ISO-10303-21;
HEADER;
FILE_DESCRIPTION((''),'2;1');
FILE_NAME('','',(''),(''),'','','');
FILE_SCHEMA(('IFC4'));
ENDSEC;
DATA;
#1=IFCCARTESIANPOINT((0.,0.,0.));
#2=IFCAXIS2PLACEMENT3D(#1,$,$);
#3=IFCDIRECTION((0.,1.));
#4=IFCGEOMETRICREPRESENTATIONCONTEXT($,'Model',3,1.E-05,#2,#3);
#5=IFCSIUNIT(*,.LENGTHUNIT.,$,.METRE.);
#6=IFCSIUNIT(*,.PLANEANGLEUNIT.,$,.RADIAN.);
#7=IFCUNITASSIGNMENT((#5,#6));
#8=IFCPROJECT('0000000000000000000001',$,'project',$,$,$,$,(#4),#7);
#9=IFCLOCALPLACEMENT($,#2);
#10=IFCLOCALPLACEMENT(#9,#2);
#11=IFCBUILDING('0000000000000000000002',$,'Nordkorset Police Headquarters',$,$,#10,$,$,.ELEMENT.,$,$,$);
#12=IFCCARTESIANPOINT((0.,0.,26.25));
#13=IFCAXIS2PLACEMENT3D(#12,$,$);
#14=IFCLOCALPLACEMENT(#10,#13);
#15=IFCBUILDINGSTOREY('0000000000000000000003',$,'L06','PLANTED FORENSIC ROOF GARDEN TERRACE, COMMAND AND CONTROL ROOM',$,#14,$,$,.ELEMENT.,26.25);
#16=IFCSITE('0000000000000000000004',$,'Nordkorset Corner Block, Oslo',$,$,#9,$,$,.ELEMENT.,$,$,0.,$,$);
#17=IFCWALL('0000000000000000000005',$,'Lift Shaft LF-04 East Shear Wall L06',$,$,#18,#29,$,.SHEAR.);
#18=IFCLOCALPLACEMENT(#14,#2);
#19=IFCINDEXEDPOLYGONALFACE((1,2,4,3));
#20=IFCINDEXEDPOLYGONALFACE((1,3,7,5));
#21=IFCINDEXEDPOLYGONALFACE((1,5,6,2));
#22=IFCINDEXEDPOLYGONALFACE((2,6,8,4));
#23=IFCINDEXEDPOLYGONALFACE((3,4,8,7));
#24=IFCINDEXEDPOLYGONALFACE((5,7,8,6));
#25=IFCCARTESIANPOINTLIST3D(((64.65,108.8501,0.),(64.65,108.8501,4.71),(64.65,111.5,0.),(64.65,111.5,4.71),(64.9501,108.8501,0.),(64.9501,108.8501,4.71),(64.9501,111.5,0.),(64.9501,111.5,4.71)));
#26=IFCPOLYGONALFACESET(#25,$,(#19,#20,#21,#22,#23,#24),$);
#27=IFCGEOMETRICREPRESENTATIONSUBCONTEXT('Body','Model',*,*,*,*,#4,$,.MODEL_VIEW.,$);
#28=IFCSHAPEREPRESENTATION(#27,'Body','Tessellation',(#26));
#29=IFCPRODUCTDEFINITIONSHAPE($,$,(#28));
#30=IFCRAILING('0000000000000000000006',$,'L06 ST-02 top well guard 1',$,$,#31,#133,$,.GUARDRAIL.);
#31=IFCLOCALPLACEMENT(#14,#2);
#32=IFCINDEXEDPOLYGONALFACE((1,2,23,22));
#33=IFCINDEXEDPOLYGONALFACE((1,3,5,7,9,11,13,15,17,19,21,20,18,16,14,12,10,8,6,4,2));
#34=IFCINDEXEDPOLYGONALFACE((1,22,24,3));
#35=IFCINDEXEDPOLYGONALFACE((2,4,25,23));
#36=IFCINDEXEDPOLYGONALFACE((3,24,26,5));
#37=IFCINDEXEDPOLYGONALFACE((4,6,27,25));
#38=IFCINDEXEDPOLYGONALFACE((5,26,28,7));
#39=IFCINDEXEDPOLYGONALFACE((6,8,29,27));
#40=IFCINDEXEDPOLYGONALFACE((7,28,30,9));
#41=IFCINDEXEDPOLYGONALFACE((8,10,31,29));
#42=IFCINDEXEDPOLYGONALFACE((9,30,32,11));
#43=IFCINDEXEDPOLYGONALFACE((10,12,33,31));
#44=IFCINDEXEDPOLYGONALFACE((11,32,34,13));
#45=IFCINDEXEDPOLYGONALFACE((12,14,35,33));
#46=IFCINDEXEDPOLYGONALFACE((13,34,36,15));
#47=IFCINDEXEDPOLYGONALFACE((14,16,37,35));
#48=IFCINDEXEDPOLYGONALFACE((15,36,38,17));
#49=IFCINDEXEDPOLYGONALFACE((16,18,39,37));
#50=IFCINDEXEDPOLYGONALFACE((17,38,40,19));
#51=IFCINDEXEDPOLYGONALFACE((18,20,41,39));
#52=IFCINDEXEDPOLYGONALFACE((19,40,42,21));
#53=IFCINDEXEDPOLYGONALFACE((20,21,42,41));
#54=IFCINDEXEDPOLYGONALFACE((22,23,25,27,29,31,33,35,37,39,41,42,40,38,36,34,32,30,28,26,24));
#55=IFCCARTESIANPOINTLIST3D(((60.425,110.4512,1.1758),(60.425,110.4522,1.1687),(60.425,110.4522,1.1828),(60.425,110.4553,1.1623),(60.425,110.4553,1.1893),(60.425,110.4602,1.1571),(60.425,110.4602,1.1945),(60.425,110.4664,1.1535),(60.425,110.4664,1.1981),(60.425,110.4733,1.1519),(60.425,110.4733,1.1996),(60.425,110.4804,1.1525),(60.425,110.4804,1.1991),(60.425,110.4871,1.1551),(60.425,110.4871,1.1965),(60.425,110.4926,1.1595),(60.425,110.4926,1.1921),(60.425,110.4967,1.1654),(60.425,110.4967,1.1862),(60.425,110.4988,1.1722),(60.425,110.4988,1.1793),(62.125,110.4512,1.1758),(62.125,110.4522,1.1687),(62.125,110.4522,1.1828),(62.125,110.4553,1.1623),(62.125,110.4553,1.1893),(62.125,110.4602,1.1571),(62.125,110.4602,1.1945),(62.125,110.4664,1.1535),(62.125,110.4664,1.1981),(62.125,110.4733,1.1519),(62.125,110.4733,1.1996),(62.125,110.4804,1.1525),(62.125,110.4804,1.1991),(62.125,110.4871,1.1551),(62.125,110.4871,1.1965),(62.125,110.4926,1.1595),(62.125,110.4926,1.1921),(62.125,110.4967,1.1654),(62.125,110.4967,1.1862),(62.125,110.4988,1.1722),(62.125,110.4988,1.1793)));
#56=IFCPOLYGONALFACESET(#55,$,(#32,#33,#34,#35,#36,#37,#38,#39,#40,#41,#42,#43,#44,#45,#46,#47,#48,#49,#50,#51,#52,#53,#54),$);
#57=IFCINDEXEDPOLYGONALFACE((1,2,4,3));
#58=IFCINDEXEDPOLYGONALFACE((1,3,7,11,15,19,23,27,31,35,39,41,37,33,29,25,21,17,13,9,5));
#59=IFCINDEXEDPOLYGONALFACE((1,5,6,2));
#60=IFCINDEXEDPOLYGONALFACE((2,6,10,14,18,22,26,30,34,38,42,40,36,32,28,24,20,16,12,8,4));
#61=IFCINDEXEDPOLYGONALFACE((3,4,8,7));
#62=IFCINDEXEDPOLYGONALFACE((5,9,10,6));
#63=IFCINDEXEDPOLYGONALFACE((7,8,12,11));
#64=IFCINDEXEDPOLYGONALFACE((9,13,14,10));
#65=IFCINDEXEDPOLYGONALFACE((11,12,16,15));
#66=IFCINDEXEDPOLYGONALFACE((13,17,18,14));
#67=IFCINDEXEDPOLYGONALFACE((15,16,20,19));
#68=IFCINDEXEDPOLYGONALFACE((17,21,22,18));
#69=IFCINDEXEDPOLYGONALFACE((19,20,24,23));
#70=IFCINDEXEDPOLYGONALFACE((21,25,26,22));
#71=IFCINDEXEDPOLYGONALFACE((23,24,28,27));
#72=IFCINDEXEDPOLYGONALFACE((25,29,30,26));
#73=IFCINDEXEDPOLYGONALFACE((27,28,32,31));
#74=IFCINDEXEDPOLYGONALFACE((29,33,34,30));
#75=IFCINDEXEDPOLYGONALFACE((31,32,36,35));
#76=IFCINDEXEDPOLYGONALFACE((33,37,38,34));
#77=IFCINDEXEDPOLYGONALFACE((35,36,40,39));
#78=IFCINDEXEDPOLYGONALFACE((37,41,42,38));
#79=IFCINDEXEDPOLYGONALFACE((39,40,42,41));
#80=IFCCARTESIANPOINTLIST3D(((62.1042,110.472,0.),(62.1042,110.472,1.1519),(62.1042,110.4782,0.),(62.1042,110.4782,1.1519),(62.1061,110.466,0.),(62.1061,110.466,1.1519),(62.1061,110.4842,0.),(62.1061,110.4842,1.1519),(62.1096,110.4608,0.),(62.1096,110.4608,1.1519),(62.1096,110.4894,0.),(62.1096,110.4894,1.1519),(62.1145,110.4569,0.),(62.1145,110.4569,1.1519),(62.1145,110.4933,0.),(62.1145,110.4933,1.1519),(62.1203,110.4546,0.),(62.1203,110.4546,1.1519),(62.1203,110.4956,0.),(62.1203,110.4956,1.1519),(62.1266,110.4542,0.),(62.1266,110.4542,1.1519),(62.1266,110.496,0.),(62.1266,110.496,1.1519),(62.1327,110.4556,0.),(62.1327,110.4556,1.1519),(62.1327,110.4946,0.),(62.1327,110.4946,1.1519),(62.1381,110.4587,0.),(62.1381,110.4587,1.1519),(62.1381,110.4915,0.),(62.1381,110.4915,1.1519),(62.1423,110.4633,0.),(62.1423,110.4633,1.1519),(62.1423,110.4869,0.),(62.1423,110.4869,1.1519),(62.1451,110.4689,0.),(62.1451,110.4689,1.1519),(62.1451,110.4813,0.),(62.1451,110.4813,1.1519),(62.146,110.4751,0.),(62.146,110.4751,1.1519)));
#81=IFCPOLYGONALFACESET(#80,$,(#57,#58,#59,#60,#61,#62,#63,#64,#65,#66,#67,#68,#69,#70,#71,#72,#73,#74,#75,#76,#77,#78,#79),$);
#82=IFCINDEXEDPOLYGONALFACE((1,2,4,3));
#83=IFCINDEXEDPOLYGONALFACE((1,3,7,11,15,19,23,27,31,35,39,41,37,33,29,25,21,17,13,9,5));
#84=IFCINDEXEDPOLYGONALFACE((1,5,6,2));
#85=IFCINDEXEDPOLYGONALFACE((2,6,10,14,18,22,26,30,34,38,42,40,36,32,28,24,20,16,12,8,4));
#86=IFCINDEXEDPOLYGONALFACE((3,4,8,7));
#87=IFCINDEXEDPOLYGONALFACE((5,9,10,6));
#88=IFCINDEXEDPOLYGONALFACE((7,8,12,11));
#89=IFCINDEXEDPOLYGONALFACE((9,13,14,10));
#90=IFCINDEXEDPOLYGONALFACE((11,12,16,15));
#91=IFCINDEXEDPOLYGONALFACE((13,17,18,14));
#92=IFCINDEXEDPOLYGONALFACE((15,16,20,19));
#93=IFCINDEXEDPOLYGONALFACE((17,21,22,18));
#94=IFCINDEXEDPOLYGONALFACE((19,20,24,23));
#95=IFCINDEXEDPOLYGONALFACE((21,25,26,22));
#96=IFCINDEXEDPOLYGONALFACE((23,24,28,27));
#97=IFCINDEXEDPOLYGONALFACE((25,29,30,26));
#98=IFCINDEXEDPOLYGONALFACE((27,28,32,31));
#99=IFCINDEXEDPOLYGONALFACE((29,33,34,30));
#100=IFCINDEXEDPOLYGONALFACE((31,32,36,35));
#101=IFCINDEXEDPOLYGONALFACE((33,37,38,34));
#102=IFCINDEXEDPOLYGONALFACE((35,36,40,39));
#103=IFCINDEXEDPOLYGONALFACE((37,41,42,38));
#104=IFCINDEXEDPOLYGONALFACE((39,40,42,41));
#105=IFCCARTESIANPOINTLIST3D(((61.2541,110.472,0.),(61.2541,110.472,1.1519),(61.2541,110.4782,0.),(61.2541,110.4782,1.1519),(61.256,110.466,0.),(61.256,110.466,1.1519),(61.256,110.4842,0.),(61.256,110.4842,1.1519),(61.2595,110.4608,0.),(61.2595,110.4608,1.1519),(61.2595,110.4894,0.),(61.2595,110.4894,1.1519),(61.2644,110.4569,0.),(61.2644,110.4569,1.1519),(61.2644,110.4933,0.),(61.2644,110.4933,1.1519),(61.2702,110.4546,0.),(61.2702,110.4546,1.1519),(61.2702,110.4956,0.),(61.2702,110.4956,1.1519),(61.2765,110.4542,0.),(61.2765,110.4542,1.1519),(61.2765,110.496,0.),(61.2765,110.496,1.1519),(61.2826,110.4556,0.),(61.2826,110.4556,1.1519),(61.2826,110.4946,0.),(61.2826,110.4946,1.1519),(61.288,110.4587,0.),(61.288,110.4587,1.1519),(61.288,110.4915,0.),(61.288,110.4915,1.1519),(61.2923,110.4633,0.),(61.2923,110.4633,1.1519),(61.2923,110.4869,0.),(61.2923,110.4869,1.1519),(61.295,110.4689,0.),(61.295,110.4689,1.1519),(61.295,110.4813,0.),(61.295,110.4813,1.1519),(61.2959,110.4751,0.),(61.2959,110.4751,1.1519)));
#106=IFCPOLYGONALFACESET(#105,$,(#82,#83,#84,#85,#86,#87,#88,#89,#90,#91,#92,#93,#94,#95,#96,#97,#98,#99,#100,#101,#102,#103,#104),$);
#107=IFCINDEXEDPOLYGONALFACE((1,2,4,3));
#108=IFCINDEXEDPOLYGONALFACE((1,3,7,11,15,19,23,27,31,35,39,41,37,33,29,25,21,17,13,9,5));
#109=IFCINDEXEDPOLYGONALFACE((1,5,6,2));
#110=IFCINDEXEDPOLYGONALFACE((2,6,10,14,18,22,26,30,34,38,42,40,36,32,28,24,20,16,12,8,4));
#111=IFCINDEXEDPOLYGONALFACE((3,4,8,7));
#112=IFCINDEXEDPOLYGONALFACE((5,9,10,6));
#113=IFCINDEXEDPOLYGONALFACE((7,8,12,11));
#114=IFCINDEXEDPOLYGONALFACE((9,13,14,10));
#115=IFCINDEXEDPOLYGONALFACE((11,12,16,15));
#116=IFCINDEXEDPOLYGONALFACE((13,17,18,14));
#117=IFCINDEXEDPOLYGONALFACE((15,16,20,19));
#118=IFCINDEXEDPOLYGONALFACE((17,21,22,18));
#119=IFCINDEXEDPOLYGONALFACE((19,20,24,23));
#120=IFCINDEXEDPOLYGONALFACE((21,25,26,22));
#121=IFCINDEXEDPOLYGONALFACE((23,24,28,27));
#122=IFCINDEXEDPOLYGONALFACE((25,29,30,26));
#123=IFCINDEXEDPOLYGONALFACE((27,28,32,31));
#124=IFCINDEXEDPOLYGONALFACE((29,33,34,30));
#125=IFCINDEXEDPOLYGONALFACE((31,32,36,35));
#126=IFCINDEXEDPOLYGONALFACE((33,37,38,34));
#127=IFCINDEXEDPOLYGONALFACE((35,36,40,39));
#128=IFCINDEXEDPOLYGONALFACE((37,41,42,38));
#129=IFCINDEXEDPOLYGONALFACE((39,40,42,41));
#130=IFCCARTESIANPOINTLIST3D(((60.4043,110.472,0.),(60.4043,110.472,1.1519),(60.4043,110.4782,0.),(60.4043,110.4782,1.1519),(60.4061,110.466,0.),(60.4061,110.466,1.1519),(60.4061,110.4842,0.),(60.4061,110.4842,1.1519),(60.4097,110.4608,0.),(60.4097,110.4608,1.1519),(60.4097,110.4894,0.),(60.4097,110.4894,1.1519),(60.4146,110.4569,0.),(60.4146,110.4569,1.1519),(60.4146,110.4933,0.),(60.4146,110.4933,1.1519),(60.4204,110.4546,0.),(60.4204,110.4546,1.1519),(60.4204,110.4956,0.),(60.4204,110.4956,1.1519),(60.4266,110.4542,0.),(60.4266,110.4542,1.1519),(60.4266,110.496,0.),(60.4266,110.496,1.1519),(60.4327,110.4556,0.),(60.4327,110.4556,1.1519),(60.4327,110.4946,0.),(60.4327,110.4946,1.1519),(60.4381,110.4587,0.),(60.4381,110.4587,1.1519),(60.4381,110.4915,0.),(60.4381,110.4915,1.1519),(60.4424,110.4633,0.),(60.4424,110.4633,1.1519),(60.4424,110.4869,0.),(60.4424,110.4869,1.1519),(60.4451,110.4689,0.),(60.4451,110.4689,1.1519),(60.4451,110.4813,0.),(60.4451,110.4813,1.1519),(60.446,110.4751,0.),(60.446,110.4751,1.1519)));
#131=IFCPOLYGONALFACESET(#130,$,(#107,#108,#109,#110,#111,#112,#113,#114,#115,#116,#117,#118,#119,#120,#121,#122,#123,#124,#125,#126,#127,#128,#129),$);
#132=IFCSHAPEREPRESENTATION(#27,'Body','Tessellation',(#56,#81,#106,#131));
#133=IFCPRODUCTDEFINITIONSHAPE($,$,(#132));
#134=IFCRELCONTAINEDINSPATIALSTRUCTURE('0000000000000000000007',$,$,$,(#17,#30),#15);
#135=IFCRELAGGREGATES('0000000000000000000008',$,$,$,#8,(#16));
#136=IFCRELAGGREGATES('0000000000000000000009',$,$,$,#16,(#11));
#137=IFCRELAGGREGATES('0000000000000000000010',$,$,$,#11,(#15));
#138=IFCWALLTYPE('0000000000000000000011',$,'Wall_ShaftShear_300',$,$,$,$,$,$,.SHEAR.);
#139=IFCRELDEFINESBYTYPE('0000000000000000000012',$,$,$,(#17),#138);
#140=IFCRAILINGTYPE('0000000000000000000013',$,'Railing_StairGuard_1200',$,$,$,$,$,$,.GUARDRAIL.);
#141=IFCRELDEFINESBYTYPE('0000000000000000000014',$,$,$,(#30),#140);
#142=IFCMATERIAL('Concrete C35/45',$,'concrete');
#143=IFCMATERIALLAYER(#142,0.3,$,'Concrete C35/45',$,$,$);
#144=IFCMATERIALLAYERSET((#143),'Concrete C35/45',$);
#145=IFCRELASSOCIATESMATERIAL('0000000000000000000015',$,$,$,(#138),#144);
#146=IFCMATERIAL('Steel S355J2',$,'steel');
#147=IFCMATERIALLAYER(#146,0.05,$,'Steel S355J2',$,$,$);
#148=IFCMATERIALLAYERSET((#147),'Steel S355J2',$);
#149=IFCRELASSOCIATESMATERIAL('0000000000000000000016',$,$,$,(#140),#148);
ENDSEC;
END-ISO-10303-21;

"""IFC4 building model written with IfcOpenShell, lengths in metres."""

from ifc_helpers import new_model, si_unit, direction, frame, frame_2d, origin, origin_2d, place, context, subcontext, project, spatial, rectangle, circle, extrude, material, layer, layer_set, type_object, element, save


model = new_model("IFC4")

# Units and contexts
model_context = context("Model", 3, precision=1e-05, world=origin(), true_north=direction((0.0, 1.0)))
body_context = subcontext(model_context, "Body", "Model", "MODEL_VIEW")
ifc_project = project(units=[si_unit("LENGTHUNIT", "METRE"), si_unit("PLANEANGLEUNIT", "RADIAN")], contexts=[model_context])

# Site, building, storey
site_placement = place(None, origin())
site = spatial("IfcSite", under=ifc_project, at=site_placement, Name="Nordkorset Corner Block, Oslo", CompositionType="ELEMENT", RefElevation=0.0)
building_placement = place(site_placement, origin())
building = spatial("IfcBuilding", under=site, at=building_placement, Name="Nordkorset Police Headquarters", CompositionType="ELEMENT")
storey_placement = place(building_placement, frame((0.0, 0.0, 26.25)))
storey = spatial("IfcBuildingStorey", under=building, at=storey_placement, Name="L06", Description="PLANTED FORENSIC ROOF GARDEN TERRACE, COMMAND AND CONTROL ROOM", CompositionType="ELEMENT", Elevation=26.25)

# Shared definitions
ifc_material_1 = material(Name="Concrete C35/45", Category="concrete")
ifc_layer_1 = layer(ifc_material_1, 0.3, Name="Concrete C35/45")
ifc_layer_set_1 = layer_set([ifc_layer_1], Name="Concrete C35/45")
wall_type_1 = type_object("IfcWallType", Name="Wall_ShaftShear_300", PredefinedType="SHEAR", material=ifc_layer_set_1)

# Wall
wall_1_placement = place(storey_placement, frame((64.8, 108.8501, 0.0), z_axis=(0.0, 0.0, 1.0), x_axis=(0.0, 1.0, 0.0)))
element("IfcWall", 1, at=wall_1_placement, inside=storey, type_object=wall_type_1, Name="Lift Shaft LF-04 East Shear Wall L06", PredefinedType="SHEAR", context=body_context, shape_type="SweptSolid", body=[
    extrude(rectangle(XDim=2.6499, YDim=0.3, at=frame_2d((1.325, 0.0))), origin(), (0.0, 0.0, 1.0), 4.71),
])

# Railing
ifc_material_2 = material(Name="Steel S355J2", Category="steel")
ifc_layer_2 = layer(ifc_material_2, 0.05, Name="Steel S355J2")
ifc_layer_set_2 = layer_set([ifc_layer_2], Name="Steel S355J2")
railing_type = type_object("IfcRailingType", Name="Railing_StairGuard_1200", PredefinedType="GUARDRAIL", material=ifc_layer_set_2)
railing_placement = place(storey_placement, frame((62.125, 110.4751, 0.0)))
element("IfcRailing", 2, at=railing_placement, inside=storey, type_object=railing_type, Name="L06 ST-02 top well guard 1", PredefinedType="GUARDRAIL", context=body_context, shape_type="SweptSolid", body=[
    extrude(circle(Radius=0.0239, at=origin_2d()), frame((0.0, 0.0, 1.1758), z_axis=(-1.0, 0.0, 0.0), x_axis=(0.0, -1.0, 0.0)), (0.0, 0.0, 1.0), 1.7),
    extrude(circle(Radius=0.021, at=origin_2d()), origin(), (0.0, 0.0, 1.0), 1.1519),
    extrude(circle(Radius=0.021, at=origin_2d()), frame((-0.8501, 0.0, 0.0)), (0.0, 0.0, 1.0), 1.1519),
    extrude(circle(Radius=0.021, at=origin_2d()), frame((-1.7, 0.0, 0.0)), (0.0, 0.0, 1.0), 1.1519),
])

save(model, "model.ifc")
